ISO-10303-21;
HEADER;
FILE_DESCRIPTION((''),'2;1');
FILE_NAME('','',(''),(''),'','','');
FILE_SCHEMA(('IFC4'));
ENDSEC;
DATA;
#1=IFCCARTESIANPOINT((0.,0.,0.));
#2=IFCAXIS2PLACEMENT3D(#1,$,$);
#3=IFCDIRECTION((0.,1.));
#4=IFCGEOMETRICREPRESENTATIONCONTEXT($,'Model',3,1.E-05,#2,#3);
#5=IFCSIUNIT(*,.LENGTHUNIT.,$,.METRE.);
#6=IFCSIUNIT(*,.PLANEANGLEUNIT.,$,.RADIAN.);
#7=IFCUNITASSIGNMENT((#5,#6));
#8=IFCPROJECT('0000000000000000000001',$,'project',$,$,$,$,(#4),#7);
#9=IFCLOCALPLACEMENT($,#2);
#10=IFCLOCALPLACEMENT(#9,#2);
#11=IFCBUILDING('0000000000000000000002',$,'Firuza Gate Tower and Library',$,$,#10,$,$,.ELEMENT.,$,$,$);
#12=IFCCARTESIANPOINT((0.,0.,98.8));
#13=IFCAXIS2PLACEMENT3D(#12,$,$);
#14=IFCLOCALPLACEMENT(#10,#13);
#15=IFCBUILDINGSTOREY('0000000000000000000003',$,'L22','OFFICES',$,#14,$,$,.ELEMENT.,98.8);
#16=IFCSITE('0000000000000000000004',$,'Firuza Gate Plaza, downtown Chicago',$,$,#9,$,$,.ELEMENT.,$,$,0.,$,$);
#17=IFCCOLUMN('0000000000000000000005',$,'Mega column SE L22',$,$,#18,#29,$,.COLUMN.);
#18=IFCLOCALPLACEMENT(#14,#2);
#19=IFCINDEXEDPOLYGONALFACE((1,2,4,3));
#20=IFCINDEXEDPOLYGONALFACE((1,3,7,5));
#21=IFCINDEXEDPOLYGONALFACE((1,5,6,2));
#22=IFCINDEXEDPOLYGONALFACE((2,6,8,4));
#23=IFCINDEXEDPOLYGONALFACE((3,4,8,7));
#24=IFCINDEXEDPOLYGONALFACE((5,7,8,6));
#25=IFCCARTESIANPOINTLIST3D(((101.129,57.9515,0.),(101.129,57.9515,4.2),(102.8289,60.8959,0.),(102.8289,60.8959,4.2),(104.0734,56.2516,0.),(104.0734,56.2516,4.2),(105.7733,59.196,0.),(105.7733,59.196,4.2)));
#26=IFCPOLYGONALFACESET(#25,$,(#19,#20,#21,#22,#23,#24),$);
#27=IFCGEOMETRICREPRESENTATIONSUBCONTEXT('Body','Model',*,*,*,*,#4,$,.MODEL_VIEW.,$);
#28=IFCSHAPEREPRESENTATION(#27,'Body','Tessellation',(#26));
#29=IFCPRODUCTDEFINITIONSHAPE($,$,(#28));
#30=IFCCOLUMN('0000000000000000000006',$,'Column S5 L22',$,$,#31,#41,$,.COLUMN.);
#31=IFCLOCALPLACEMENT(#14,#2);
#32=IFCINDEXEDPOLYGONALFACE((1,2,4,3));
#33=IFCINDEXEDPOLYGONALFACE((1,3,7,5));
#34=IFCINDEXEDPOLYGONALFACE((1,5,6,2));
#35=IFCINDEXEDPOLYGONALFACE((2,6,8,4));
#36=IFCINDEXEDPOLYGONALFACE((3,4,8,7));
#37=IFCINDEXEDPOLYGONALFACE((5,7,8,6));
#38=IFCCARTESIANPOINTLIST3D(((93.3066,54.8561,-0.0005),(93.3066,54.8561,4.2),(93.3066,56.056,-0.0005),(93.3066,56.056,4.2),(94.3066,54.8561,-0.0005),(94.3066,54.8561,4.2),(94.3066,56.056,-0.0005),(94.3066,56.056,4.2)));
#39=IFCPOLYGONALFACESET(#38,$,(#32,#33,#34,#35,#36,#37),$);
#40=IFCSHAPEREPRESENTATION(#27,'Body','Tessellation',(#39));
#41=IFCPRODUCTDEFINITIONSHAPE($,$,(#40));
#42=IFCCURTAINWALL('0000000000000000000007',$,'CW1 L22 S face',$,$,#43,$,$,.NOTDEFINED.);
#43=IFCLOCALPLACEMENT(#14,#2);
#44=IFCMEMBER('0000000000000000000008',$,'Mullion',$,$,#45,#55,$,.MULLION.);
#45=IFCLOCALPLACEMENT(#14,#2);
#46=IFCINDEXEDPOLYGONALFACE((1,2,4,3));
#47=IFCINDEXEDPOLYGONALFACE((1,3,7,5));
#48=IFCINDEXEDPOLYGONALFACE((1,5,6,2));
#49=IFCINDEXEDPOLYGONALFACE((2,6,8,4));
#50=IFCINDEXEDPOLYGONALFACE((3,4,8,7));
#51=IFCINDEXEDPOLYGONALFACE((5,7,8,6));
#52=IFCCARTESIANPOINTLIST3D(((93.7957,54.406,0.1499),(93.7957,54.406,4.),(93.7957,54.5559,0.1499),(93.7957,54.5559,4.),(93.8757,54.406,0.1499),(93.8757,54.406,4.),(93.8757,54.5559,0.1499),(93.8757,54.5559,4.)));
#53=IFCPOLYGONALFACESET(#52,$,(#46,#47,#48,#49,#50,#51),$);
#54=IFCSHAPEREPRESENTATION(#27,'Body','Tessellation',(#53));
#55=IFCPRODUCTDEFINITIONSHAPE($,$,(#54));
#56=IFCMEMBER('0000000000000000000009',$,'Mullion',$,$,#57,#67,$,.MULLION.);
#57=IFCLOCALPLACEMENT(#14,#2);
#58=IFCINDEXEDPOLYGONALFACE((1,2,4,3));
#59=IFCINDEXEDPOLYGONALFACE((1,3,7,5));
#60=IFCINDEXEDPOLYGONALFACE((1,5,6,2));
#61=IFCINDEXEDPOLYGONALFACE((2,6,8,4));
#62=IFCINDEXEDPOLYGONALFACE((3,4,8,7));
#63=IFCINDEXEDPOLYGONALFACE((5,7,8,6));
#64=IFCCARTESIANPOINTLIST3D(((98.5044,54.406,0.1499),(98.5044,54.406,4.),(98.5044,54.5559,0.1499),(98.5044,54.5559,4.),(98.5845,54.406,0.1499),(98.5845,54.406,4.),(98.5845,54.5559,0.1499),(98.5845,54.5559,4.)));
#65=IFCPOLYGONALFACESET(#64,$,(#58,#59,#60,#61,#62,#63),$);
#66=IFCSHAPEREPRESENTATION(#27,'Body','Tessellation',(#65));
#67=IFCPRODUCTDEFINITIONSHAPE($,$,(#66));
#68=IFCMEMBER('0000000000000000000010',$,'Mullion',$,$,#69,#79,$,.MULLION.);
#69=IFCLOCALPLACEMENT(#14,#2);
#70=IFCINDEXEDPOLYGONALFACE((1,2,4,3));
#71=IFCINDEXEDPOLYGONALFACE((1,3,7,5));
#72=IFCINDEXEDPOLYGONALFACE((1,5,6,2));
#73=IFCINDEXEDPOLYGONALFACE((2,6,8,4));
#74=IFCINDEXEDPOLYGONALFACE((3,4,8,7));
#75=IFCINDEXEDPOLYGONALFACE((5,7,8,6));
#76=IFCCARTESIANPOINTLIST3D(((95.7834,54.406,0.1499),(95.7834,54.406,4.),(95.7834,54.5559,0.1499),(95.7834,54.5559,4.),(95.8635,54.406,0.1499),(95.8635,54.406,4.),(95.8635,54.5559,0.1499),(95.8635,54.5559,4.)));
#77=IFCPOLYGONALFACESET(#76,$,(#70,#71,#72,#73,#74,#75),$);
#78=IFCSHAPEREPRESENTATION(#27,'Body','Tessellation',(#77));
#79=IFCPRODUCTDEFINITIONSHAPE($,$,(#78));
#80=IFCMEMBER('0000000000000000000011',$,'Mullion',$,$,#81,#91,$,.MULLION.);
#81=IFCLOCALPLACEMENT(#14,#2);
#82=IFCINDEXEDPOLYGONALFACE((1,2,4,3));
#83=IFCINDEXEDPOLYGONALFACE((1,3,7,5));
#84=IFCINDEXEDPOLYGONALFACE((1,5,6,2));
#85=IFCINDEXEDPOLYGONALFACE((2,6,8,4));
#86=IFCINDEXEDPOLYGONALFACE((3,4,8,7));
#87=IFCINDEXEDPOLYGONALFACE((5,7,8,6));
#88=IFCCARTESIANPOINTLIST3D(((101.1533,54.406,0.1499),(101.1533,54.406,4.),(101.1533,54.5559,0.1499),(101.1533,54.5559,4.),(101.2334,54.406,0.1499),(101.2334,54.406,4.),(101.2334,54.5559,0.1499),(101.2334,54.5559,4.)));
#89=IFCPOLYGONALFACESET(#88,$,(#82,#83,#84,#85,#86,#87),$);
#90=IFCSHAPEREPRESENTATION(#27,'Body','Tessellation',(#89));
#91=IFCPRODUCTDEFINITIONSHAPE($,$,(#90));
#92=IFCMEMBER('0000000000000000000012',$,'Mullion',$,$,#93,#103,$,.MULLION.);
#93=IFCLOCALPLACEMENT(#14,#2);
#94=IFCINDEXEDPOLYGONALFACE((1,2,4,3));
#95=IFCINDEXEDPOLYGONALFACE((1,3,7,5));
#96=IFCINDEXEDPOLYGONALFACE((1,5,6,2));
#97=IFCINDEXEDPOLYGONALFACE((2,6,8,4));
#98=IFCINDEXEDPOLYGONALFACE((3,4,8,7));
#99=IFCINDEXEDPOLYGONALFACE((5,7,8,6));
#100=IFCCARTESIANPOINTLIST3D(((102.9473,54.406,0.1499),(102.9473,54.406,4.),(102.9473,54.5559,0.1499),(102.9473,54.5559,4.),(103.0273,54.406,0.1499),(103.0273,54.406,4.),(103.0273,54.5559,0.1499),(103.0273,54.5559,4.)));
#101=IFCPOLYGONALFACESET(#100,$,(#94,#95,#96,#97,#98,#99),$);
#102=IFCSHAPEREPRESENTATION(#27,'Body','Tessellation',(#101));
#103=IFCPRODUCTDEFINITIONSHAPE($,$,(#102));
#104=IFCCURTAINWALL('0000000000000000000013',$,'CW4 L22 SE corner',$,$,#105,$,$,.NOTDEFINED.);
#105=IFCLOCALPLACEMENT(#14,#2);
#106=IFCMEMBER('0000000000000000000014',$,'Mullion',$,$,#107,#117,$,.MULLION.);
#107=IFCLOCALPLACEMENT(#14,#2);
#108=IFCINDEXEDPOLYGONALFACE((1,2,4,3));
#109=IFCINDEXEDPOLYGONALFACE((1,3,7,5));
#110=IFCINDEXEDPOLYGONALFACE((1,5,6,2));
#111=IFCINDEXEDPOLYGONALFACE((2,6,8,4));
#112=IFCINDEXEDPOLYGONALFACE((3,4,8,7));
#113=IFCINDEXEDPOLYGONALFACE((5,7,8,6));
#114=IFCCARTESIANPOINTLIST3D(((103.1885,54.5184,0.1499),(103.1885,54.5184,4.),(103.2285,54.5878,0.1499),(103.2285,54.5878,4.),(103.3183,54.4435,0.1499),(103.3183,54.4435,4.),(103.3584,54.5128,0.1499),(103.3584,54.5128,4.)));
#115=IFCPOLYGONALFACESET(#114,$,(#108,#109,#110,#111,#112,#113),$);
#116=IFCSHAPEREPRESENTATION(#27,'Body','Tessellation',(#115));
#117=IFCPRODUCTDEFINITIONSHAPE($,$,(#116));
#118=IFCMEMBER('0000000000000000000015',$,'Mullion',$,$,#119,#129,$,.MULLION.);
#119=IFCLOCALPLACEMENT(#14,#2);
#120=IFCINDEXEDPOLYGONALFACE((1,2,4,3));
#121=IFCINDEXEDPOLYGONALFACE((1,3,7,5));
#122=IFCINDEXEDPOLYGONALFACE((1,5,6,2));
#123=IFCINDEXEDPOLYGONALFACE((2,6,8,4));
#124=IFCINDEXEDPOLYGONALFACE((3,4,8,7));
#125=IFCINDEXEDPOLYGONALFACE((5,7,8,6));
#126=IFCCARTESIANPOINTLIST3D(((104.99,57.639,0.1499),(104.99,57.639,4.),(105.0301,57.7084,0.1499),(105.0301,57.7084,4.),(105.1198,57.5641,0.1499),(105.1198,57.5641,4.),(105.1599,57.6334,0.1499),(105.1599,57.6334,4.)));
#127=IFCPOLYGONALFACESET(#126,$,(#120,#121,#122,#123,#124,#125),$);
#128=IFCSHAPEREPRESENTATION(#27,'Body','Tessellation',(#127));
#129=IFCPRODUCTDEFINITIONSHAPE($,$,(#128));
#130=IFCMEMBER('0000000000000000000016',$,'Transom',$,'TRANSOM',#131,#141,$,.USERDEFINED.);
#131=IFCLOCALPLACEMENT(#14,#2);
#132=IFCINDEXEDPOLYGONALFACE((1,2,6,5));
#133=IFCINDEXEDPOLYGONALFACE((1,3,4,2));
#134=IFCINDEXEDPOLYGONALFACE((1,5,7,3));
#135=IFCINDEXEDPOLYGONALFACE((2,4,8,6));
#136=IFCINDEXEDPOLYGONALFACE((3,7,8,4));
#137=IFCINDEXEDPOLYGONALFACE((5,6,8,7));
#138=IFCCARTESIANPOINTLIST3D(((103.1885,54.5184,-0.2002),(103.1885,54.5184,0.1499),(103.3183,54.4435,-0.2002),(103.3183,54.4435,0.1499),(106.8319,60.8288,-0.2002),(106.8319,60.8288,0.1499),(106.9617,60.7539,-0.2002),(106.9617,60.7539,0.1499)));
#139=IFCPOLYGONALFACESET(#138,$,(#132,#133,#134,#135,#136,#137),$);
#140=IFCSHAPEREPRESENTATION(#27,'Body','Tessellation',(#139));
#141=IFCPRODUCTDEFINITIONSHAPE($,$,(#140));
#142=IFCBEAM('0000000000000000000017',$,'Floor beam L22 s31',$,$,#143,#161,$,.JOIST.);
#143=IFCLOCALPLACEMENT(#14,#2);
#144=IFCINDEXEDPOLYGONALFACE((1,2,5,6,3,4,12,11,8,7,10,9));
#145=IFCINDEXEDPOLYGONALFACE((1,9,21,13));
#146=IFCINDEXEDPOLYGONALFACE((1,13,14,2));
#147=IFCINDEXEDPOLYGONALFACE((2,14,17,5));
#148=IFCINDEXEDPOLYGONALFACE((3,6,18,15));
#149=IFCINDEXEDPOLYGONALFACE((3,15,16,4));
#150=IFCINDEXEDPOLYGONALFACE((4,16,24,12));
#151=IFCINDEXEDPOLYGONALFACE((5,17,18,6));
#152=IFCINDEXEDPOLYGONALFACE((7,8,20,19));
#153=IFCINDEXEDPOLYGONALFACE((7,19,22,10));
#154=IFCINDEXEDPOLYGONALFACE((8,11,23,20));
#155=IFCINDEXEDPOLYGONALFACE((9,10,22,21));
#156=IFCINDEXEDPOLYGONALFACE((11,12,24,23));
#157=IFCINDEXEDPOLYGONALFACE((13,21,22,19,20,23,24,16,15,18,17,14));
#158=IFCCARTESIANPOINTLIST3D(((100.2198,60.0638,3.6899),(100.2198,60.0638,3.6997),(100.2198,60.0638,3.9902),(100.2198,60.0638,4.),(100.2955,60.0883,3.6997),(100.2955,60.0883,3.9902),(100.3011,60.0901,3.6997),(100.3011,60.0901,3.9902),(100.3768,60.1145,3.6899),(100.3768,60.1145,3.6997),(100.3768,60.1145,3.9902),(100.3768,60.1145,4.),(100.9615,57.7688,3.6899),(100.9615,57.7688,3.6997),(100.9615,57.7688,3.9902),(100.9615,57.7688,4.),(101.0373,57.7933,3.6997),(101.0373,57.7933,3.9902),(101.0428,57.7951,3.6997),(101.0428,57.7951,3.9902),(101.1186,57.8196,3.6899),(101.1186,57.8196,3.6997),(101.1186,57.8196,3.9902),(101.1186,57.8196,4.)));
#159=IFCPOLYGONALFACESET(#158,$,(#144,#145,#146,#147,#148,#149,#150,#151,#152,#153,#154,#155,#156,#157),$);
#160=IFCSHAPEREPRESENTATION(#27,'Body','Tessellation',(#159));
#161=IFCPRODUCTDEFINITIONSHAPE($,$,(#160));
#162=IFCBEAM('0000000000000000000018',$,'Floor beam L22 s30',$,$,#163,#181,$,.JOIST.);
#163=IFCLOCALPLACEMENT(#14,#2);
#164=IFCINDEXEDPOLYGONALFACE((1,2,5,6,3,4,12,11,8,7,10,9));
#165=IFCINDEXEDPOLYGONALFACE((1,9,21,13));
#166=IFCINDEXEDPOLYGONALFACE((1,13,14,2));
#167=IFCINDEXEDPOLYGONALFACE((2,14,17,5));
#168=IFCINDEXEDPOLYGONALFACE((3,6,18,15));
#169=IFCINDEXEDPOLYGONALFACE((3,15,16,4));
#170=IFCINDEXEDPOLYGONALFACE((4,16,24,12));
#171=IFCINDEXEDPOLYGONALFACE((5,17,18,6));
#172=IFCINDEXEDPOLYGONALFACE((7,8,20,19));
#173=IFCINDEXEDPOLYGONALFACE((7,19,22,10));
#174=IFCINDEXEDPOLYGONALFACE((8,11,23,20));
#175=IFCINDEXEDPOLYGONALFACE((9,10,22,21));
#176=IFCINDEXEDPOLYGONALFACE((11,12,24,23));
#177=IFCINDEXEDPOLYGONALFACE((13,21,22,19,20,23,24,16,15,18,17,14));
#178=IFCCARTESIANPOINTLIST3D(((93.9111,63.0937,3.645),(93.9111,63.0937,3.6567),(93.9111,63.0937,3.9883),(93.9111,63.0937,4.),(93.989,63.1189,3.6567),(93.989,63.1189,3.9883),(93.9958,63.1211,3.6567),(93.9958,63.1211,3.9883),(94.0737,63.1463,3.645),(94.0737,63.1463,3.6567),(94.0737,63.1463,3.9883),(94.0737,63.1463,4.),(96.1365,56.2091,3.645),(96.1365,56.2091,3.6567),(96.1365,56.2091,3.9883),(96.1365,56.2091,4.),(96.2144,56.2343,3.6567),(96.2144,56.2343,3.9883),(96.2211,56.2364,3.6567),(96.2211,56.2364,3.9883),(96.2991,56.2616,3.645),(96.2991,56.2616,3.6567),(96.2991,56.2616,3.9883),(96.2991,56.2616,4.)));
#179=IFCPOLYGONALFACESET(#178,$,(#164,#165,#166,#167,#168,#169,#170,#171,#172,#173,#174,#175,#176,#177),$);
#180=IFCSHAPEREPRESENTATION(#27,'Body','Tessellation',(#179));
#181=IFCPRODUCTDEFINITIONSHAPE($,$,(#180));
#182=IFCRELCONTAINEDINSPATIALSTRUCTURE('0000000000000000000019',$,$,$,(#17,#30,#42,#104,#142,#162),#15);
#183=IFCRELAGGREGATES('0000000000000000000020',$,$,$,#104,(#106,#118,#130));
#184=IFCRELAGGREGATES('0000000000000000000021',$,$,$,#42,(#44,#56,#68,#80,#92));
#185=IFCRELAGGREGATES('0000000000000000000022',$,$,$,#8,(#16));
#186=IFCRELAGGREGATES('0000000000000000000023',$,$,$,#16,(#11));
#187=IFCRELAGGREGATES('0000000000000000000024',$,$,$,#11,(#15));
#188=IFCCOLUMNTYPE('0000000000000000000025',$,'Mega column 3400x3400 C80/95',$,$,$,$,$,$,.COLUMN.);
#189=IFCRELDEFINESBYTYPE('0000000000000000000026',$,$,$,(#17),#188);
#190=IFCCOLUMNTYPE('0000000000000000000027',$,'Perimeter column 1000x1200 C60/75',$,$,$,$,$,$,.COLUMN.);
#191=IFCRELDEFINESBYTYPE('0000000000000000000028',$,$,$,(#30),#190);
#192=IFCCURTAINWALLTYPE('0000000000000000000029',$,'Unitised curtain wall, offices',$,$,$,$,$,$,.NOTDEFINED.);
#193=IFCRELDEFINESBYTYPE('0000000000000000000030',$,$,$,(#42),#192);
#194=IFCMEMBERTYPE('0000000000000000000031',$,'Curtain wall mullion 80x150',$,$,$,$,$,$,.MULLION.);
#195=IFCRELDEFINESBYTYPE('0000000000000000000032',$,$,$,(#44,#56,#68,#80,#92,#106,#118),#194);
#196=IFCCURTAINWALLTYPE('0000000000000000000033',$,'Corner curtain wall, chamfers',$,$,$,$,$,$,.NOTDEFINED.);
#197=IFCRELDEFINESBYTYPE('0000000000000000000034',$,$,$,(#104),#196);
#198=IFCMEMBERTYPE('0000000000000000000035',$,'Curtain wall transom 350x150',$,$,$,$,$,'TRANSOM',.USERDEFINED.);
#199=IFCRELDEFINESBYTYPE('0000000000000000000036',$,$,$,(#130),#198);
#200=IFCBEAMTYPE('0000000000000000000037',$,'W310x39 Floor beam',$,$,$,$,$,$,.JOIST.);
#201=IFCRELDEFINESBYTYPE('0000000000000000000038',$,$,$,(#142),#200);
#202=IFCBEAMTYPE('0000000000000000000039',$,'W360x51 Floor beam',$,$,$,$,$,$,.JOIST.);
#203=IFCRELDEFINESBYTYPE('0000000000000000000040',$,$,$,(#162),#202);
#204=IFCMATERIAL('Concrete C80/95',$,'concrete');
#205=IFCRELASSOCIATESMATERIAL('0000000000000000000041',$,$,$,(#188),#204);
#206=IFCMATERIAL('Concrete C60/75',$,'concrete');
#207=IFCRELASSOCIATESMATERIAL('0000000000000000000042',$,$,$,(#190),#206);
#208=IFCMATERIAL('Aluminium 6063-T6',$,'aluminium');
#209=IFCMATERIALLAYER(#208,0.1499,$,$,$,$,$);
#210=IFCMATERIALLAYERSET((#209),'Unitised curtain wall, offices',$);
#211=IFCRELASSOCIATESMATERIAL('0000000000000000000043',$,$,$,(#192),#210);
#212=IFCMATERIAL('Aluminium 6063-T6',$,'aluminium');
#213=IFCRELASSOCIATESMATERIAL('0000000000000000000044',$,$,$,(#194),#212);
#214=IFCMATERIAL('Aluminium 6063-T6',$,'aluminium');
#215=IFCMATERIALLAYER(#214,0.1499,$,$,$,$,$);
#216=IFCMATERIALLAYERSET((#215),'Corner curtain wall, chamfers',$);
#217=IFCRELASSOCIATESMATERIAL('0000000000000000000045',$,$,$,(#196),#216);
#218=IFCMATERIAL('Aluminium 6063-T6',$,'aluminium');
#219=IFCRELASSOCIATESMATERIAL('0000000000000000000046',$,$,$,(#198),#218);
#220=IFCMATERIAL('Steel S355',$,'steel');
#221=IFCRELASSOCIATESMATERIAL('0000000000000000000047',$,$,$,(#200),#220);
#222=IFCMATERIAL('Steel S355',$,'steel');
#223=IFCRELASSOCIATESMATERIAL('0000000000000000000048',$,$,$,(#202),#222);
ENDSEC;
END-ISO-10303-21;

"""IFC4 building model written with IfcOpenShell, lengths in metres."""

from ifc_helpers import new_model, si_unit, direction, frame, origin, origin_2d, place, context, subcontext, project, spatial, rectangle, i_section, extrude, material, layer, layer_set, material_profile, profile_set, type_object, element, aggregate, save


model = new_model("IFC4")

# Units and contexts
model_context = context("Model", 3, precision=1e-05, world=origin(), true_north=direction((0.0, 1.0)))
body_context = subcontext(model_context, "Body", "Model", "MODEL_VIEW")
ifc_project = project(units=[si_unit("LENGTHUNIT", "METRE"), si_unit("PLANEANGLEUNIT", "RADIAN")], contexts=[model_context])

# Site, building, storey
site_placement = place(None, origin())
site = spatial("IfcSite", under=ifc_project, at=site_placement, Name="Firuza Gate Plaza, downtown Chicago", CompositionType="ELEMENT", RefElevation=0.0)
building_placement = place(site_placement, origin())
building = spatial("IfcBuilding", under=site, at=building_placement, Name="Firuza Gate Tower and Library", CompositionType="ELEMENT")
storey_placement = place(building_placement, frame((0.0, 0.0, 98.8)))
storey = spatial("IfcBuildingStorey", under=building, at=storey_placement, Name="L22", Description="OFFICES", CompositionType="ELEMENT", Elevation=98.8)

# Columns
ifc_material_1 = material(Name="Concrete C80/95", Category="concrete")
ifc_material_profile_1 = material_profile(ifc_material_1, rectangle(XDim=3.3999, YDim=3.3999, at=origin_2d()))
ifc_profile_set_1 = profile_set([ifc_material_profile_1], Name="Concrete C80/95")
column_type_1 = type_object("IfcColumnType", Name="Mega column 3400x3400 C80/95", PredefinedType="COLUMN", material=ifc_profile_set_1)
column_1_placement = place(storey_placement, frame((103.4512, 58.5737, 0.0), z_axis=(0.0, 0.0, 1.0), x_axis=(0.5, 0.866025, 0.0)))
element("IfcColumn", 1, at=column_1_placement, inside=storey, type_object=column_type_1, Name="Mega column SE L22", PredefinedType="COLUMN", context=body_context, shape_type="SweptSolid", body=[
    extrude(rectangle(XDim=3.3999, YDim=3.3999, at=origin_2d()), origin(), (0.0, 0.0, 1.0), 4.2),
])
ifc_material_2 = material(Name="Concrete C60/75", Category="concrete")
ifc_material_profile_2 = material_profile(ifc_material_2, rectangle(XDim=1.0, YDim=1.2, at=origin_2d()))
ifc_profile_set_2 = profile_set([ifc_material_profile_2], Name="Concrete C60/75")
column_type_2 = type_object("IfcColumnType", Name="Perimeter column 1000x1200 C60/75", PredefinedType="COLUMN", material=ifc_profile_set_2)
column_2_placement = place(storey_placement, frame((93.8066, 55.4561, -0.0005), z_axis=(0.0, 0.0, 1.0), x_axis=(1.0, 0.0, 0.0)))
element("IfcColumn", 2, at=column_2_placement, inside=storey, type_object=column_type_2, Name="Column S5 L22", PredefinedType="COLUMN", context=body_context, shape_type="SweptSolid", body=[
    extrude(rectangle(XDim=1.0, YDim=1.2, at=origin_2d()), origin(), (0.0, 0.0, 1.0), 4.2004),
])

# Curtain walls, members
ifc_material_3 = material(Name="Aluminium 6063-T6", Category="aluminium")
ifc_layer_1 = layer(ifc_material_3, 0.1499)
ifc_layer_set_1 = layer_set([ifc_layer_1], Name="Unitised curtain wall, offices")
curtain_wall_type_1 = type_object("IfcCurtainWallType", Name="Unitised curtain wall, offices", PredefinedType="NOTDEFINED", material=ifc_layer_set_1)
placement = place(storey_placement, origin())
curtain_wall_1 = element("IfcCurtainWall", 3, at=placement, inside=storey, type_object=curtain_wall_type_1, Name="CW1 L22 S face", PredefinedType="NOTDEFINED")
ifc_material_4 = material(Name="Aluminium 6063-T6", Category="aluminium")
ifc_material_profile_3 = material_profile(ifc_material_4, rectangle(XDim=0.1499, YDim=0.0801, at=origin_2d()))
ifc_profile_set_3 = profile_set([ifc_material_profile_3], Name="Aluminium 6063-T6")
member_type_1 = type_object("IfcMemberType", Name="Curtain wall mullion 80x150", PredefinedType="MULLION", material=ifc_profile_set_3)
member_1_placement = place(storey_placement, frame((93.8357, 54.481, 0.1499), z_axis=(0.0, 0.0, 1.0), x_axis=(0.0, 1.0, 0.0)))
member_1 = element("IfcMember", 4, at=member_1_placement, type_object=member_type_1, Name="Mullion", PredefinedType="MULLION", context=body_context, shape_type="SweptSolid", body=[
    extrude(rectangle(XDim=0.1499, YDim=0.0801, at=origin_2d()), origin(), (0.0, 0.0, 1.0), 3.8501),
])
member_2_placement = place(storey_placement, frame((98.5444, 54.481, 0.1499), z_axis=(0.0, 0.0, 1.0), x_axis=(0.0, 1.0, 0.0)))
member_2 = element("IfcMember", 5, at=member_2_placement, type_object=member_type_1, Name="Mullion", PredefinedType="MULLION", context=body_context, shape_type="SweptSolid", body=[
    extrude(rectangle(XDim=0.1499, YDim=0.0801, at=origin_2d()), origin(), (0.0, 0.0, 1.0), 3.8501),
])
member_3_placement = place(storey_placement, frame((95.8235, 54.481, 0.1499), z_axis=(0.0, 0.0, 1.0), x_axis=(0.0, 1.0, 0.0)))
member_3 = element("IfcMember", 6, at=member_3_placement, type_object=member_type_1, Name="Mullion", PredefinedType="MULLION", context=body_context, shape_type="SweptSolid", body=[
    extrude(rectangle(XDim=0.1499, YDim=0.0801, at=origin_2d()), origin(), (0.0, 0.0, 1.0), 3.8501),
])
member_4_placement = place(storey_placement, frame((101.1934, 54.481, 0.1499), z_axis=(0.0, 0.0, 1.0), x_axis=(0.0, 1.0, 0.0)))
member_4 = element("IfcMember", 7, at=member_4_placement, type_object=member_type_1, Name="Mullion", PredefinedType="MULLION", context=body_context, shape_type="SweptSolid", body=[
    extrude(rectangle(XDim=0.1499, YDim=0.0801, at=origin_2d()), origin(), (0.0, 0.0, 1.0), 3.8501),
])
member_5_placement = place(storey_placement, frame((102.9873, 54.481, 0.1499), z_axis=(0.0, 0.0, 1.0), x_axis=(0.0, 1.0, 0.0)))
member_5 = element("IfcMember", 8, at=member_5_placement, type_object=member_type_1, Name="Mullion", PredefinedType="MULLION", context=body_context, shape_type="SweptSolid", body=[
    extrude(rectangle(XDim=0.1499, YDim=0.0801, at=origin_2d()), origin(), (0.0, 0.0, 1.0), 3.8501),
])
ifc_material_5 = material(Name="Aluminium 6063-T6", Category="aluminium")
ifc_layer_2 = layer(ifc_material_5, 0.1499)
ifc_layer_set_2 = layer_set([ifc_layer_2], Name="Corner curtain wall, chamfers")
curtain_wall_type_2 = type_object("IfcCurtainWallType", Name="Corner curtain wall, chamfers", PredefinedType="NOTDEFINED", material=ifc_layer_set_2)
curtain_wall_2 = element("IfcCurtainWall", 9, at=placement, inside=storey, type_object=curtain_wall_type_2, Name="CW4 L22 SE corner", PredefinedType="NOTDEFINED")
member_6_placement = place(storey_placement, frame((103.2734, 54.5156, 0.1499), z_axis=(0.0, 0.0, 1.0), x_axis=(-0.866025, 0.5, 0.0)))
member_6 = element("IfcMember", 10, at=member_6_placement, type_object=member_type_1, Name="Mullion", PredefinedType="MULLION", context=body_context, shape_type="SweptSolid", body=[
    extrude(rectangle(XDim=0.1499, YDim=0.0801, at=origin_2d()), origin(), (0.0, 0.0, 1.0), 3.8501),
])
member_7_placement = place(storey_placement, frame((105.075, 57.6362, 0.1499), z_axis=(0.0, 0.0, 1.0), x_axis=(-0.866025, 0.5, 0.0)))
member_7 = element("IfcMember", 11, at=member_7_placement, type_object=member_type_1, Name="Mullion", PredefinedType="MULLION", context=body_context, shape_type="SweptSolid", body=[
    extrude(rectangle(XDim=0.1499, YDim=0.0801, at=origin_2d()), origin(), (0.0, 0.0, 1.0), 3.8501),
])
ifc_material_6 = material(Name="Aluminium 6063-T6", Category="aluminium")
ifc_material_profile_4 = material_profile(ifc_material_6, rectangle(XDim=0.1499, YDim=0.3501, at=origin_2d()))
ifc_profile_set_4 = profile_set([ifc_material_profile_4], Name="Aluminium 6063-T6")
member_type_2 = type_object("IfcMemberType", Name="Curtain wall transom 350x150", ElementType="TRANSOM", PredefinedType="USERDEFINED", material=ifc_profile_set_4)
member_8_placement = place(storey_placement, frame((103.2534, 54.481, -0.0251), z_axis=(0.500006, 0.866022, 0.0), x_axis=(-0.866022, 0.500006, 0.0)))
member_8 = element("IfcMember", 12, at=member_8_placement, type_object=member_type_2, Name="Transom", ObjectType="TRANSOM", PredefinedType="USERDEFINED", context=body_context, shape_type="SweptSolid", body=[
    extrude(rectangle(XDim=0.1499, YDim=0.3501, at=origin_2d()), origin(), (0.0, 0.0, 1.0), 7.2866),
])

# Beams
ifc_material_7 = material(Name="Steel S355", Category="steel")
ifc_material_profile_5 = material_profile(ifc_material_7, i_section(OverallWidth=0.165, OverallDepth=0.3101, WebThickness=0.0059, FlangeThickness=0.0098, at=origin_2d()))
ifc_profile_set_5 = profile_set([ifc_material_profile_5], Name="Steel S355")
beam_type_1 = type_object("IfcBeamType", Name="W310x39 Floor beam", PredefinedType="JOIST", material=ifc_profile_set_5)
beam_1_placement = place(storey_placement, frame((101.04, 57.7942, 3.845), z_axis=(-0.307529, 0.951539, 0.0), x_axis=(-0.951539, -0.307529, 0.0)))
element("IfcBeam", 13, at=beam_1_placement, inside=storey, type_object=beam_type_1, Name="Floor beam L22 s31", PredefinedType="JOIST", context=body_context, shape_type="SweptSolid", body=[
    extrude(i_section(OverallWidth=0.165, OverallDepth=0.3101, WebThickness=0.0059, FlangeThickness=0.0098, at=origin_2d()), origin(), (0.0, 0.0, 1.0), 2.4119),
])
ifc_material_8 = material(Name="Steel S355", Category="steel")
ifc_material_profile_6 = material_profile(ifc_material_8, i_section(OverallWidth=0.1709, OverallDepth=0.355, WebThickness=0.0071, FlangeThickness=0.0117, at=origin_2d()))
ifc_profile_set_6 = profile_set([ifc_material_profile_6], Name="Steel S355")
beam_type_2 = type_object("IfcBeamType", Name="W360x51 Floor beam", PredefinedType="JOIST", material=ifc_profile_set_6)
beam_2_placement = place(storey_placement, frame((96.2178, 56.2354, 3.8225), z_axis=(-0.30757, 0.951526, 0.0), x_axis=(-0.951526, -0.30757, 0.0)))
element("IfcBeam", 14, at=beam_2_placement, inside=storey, type_object=beam_type_2, Name="Floor beam L22 s30", PredefinedType="JOIST", context=body_context, shape_type="SweptSolid", body=[
    extrude(i_section(OverallWidth=0.1709, OverallDepth=0.355, WebThickness=0.0071, FlangeThickness=0.0117, at=origin_2d()), origin(), (0.0, 0.0, 1.0), 7.2354),
])

aggregate(curtain_wall_2, [member_6, member_7, member_8])
aggregate(curtain_wall_1, [member_1, member_2, member_3, member_4, member_5])

save(model, "model.ifc")
